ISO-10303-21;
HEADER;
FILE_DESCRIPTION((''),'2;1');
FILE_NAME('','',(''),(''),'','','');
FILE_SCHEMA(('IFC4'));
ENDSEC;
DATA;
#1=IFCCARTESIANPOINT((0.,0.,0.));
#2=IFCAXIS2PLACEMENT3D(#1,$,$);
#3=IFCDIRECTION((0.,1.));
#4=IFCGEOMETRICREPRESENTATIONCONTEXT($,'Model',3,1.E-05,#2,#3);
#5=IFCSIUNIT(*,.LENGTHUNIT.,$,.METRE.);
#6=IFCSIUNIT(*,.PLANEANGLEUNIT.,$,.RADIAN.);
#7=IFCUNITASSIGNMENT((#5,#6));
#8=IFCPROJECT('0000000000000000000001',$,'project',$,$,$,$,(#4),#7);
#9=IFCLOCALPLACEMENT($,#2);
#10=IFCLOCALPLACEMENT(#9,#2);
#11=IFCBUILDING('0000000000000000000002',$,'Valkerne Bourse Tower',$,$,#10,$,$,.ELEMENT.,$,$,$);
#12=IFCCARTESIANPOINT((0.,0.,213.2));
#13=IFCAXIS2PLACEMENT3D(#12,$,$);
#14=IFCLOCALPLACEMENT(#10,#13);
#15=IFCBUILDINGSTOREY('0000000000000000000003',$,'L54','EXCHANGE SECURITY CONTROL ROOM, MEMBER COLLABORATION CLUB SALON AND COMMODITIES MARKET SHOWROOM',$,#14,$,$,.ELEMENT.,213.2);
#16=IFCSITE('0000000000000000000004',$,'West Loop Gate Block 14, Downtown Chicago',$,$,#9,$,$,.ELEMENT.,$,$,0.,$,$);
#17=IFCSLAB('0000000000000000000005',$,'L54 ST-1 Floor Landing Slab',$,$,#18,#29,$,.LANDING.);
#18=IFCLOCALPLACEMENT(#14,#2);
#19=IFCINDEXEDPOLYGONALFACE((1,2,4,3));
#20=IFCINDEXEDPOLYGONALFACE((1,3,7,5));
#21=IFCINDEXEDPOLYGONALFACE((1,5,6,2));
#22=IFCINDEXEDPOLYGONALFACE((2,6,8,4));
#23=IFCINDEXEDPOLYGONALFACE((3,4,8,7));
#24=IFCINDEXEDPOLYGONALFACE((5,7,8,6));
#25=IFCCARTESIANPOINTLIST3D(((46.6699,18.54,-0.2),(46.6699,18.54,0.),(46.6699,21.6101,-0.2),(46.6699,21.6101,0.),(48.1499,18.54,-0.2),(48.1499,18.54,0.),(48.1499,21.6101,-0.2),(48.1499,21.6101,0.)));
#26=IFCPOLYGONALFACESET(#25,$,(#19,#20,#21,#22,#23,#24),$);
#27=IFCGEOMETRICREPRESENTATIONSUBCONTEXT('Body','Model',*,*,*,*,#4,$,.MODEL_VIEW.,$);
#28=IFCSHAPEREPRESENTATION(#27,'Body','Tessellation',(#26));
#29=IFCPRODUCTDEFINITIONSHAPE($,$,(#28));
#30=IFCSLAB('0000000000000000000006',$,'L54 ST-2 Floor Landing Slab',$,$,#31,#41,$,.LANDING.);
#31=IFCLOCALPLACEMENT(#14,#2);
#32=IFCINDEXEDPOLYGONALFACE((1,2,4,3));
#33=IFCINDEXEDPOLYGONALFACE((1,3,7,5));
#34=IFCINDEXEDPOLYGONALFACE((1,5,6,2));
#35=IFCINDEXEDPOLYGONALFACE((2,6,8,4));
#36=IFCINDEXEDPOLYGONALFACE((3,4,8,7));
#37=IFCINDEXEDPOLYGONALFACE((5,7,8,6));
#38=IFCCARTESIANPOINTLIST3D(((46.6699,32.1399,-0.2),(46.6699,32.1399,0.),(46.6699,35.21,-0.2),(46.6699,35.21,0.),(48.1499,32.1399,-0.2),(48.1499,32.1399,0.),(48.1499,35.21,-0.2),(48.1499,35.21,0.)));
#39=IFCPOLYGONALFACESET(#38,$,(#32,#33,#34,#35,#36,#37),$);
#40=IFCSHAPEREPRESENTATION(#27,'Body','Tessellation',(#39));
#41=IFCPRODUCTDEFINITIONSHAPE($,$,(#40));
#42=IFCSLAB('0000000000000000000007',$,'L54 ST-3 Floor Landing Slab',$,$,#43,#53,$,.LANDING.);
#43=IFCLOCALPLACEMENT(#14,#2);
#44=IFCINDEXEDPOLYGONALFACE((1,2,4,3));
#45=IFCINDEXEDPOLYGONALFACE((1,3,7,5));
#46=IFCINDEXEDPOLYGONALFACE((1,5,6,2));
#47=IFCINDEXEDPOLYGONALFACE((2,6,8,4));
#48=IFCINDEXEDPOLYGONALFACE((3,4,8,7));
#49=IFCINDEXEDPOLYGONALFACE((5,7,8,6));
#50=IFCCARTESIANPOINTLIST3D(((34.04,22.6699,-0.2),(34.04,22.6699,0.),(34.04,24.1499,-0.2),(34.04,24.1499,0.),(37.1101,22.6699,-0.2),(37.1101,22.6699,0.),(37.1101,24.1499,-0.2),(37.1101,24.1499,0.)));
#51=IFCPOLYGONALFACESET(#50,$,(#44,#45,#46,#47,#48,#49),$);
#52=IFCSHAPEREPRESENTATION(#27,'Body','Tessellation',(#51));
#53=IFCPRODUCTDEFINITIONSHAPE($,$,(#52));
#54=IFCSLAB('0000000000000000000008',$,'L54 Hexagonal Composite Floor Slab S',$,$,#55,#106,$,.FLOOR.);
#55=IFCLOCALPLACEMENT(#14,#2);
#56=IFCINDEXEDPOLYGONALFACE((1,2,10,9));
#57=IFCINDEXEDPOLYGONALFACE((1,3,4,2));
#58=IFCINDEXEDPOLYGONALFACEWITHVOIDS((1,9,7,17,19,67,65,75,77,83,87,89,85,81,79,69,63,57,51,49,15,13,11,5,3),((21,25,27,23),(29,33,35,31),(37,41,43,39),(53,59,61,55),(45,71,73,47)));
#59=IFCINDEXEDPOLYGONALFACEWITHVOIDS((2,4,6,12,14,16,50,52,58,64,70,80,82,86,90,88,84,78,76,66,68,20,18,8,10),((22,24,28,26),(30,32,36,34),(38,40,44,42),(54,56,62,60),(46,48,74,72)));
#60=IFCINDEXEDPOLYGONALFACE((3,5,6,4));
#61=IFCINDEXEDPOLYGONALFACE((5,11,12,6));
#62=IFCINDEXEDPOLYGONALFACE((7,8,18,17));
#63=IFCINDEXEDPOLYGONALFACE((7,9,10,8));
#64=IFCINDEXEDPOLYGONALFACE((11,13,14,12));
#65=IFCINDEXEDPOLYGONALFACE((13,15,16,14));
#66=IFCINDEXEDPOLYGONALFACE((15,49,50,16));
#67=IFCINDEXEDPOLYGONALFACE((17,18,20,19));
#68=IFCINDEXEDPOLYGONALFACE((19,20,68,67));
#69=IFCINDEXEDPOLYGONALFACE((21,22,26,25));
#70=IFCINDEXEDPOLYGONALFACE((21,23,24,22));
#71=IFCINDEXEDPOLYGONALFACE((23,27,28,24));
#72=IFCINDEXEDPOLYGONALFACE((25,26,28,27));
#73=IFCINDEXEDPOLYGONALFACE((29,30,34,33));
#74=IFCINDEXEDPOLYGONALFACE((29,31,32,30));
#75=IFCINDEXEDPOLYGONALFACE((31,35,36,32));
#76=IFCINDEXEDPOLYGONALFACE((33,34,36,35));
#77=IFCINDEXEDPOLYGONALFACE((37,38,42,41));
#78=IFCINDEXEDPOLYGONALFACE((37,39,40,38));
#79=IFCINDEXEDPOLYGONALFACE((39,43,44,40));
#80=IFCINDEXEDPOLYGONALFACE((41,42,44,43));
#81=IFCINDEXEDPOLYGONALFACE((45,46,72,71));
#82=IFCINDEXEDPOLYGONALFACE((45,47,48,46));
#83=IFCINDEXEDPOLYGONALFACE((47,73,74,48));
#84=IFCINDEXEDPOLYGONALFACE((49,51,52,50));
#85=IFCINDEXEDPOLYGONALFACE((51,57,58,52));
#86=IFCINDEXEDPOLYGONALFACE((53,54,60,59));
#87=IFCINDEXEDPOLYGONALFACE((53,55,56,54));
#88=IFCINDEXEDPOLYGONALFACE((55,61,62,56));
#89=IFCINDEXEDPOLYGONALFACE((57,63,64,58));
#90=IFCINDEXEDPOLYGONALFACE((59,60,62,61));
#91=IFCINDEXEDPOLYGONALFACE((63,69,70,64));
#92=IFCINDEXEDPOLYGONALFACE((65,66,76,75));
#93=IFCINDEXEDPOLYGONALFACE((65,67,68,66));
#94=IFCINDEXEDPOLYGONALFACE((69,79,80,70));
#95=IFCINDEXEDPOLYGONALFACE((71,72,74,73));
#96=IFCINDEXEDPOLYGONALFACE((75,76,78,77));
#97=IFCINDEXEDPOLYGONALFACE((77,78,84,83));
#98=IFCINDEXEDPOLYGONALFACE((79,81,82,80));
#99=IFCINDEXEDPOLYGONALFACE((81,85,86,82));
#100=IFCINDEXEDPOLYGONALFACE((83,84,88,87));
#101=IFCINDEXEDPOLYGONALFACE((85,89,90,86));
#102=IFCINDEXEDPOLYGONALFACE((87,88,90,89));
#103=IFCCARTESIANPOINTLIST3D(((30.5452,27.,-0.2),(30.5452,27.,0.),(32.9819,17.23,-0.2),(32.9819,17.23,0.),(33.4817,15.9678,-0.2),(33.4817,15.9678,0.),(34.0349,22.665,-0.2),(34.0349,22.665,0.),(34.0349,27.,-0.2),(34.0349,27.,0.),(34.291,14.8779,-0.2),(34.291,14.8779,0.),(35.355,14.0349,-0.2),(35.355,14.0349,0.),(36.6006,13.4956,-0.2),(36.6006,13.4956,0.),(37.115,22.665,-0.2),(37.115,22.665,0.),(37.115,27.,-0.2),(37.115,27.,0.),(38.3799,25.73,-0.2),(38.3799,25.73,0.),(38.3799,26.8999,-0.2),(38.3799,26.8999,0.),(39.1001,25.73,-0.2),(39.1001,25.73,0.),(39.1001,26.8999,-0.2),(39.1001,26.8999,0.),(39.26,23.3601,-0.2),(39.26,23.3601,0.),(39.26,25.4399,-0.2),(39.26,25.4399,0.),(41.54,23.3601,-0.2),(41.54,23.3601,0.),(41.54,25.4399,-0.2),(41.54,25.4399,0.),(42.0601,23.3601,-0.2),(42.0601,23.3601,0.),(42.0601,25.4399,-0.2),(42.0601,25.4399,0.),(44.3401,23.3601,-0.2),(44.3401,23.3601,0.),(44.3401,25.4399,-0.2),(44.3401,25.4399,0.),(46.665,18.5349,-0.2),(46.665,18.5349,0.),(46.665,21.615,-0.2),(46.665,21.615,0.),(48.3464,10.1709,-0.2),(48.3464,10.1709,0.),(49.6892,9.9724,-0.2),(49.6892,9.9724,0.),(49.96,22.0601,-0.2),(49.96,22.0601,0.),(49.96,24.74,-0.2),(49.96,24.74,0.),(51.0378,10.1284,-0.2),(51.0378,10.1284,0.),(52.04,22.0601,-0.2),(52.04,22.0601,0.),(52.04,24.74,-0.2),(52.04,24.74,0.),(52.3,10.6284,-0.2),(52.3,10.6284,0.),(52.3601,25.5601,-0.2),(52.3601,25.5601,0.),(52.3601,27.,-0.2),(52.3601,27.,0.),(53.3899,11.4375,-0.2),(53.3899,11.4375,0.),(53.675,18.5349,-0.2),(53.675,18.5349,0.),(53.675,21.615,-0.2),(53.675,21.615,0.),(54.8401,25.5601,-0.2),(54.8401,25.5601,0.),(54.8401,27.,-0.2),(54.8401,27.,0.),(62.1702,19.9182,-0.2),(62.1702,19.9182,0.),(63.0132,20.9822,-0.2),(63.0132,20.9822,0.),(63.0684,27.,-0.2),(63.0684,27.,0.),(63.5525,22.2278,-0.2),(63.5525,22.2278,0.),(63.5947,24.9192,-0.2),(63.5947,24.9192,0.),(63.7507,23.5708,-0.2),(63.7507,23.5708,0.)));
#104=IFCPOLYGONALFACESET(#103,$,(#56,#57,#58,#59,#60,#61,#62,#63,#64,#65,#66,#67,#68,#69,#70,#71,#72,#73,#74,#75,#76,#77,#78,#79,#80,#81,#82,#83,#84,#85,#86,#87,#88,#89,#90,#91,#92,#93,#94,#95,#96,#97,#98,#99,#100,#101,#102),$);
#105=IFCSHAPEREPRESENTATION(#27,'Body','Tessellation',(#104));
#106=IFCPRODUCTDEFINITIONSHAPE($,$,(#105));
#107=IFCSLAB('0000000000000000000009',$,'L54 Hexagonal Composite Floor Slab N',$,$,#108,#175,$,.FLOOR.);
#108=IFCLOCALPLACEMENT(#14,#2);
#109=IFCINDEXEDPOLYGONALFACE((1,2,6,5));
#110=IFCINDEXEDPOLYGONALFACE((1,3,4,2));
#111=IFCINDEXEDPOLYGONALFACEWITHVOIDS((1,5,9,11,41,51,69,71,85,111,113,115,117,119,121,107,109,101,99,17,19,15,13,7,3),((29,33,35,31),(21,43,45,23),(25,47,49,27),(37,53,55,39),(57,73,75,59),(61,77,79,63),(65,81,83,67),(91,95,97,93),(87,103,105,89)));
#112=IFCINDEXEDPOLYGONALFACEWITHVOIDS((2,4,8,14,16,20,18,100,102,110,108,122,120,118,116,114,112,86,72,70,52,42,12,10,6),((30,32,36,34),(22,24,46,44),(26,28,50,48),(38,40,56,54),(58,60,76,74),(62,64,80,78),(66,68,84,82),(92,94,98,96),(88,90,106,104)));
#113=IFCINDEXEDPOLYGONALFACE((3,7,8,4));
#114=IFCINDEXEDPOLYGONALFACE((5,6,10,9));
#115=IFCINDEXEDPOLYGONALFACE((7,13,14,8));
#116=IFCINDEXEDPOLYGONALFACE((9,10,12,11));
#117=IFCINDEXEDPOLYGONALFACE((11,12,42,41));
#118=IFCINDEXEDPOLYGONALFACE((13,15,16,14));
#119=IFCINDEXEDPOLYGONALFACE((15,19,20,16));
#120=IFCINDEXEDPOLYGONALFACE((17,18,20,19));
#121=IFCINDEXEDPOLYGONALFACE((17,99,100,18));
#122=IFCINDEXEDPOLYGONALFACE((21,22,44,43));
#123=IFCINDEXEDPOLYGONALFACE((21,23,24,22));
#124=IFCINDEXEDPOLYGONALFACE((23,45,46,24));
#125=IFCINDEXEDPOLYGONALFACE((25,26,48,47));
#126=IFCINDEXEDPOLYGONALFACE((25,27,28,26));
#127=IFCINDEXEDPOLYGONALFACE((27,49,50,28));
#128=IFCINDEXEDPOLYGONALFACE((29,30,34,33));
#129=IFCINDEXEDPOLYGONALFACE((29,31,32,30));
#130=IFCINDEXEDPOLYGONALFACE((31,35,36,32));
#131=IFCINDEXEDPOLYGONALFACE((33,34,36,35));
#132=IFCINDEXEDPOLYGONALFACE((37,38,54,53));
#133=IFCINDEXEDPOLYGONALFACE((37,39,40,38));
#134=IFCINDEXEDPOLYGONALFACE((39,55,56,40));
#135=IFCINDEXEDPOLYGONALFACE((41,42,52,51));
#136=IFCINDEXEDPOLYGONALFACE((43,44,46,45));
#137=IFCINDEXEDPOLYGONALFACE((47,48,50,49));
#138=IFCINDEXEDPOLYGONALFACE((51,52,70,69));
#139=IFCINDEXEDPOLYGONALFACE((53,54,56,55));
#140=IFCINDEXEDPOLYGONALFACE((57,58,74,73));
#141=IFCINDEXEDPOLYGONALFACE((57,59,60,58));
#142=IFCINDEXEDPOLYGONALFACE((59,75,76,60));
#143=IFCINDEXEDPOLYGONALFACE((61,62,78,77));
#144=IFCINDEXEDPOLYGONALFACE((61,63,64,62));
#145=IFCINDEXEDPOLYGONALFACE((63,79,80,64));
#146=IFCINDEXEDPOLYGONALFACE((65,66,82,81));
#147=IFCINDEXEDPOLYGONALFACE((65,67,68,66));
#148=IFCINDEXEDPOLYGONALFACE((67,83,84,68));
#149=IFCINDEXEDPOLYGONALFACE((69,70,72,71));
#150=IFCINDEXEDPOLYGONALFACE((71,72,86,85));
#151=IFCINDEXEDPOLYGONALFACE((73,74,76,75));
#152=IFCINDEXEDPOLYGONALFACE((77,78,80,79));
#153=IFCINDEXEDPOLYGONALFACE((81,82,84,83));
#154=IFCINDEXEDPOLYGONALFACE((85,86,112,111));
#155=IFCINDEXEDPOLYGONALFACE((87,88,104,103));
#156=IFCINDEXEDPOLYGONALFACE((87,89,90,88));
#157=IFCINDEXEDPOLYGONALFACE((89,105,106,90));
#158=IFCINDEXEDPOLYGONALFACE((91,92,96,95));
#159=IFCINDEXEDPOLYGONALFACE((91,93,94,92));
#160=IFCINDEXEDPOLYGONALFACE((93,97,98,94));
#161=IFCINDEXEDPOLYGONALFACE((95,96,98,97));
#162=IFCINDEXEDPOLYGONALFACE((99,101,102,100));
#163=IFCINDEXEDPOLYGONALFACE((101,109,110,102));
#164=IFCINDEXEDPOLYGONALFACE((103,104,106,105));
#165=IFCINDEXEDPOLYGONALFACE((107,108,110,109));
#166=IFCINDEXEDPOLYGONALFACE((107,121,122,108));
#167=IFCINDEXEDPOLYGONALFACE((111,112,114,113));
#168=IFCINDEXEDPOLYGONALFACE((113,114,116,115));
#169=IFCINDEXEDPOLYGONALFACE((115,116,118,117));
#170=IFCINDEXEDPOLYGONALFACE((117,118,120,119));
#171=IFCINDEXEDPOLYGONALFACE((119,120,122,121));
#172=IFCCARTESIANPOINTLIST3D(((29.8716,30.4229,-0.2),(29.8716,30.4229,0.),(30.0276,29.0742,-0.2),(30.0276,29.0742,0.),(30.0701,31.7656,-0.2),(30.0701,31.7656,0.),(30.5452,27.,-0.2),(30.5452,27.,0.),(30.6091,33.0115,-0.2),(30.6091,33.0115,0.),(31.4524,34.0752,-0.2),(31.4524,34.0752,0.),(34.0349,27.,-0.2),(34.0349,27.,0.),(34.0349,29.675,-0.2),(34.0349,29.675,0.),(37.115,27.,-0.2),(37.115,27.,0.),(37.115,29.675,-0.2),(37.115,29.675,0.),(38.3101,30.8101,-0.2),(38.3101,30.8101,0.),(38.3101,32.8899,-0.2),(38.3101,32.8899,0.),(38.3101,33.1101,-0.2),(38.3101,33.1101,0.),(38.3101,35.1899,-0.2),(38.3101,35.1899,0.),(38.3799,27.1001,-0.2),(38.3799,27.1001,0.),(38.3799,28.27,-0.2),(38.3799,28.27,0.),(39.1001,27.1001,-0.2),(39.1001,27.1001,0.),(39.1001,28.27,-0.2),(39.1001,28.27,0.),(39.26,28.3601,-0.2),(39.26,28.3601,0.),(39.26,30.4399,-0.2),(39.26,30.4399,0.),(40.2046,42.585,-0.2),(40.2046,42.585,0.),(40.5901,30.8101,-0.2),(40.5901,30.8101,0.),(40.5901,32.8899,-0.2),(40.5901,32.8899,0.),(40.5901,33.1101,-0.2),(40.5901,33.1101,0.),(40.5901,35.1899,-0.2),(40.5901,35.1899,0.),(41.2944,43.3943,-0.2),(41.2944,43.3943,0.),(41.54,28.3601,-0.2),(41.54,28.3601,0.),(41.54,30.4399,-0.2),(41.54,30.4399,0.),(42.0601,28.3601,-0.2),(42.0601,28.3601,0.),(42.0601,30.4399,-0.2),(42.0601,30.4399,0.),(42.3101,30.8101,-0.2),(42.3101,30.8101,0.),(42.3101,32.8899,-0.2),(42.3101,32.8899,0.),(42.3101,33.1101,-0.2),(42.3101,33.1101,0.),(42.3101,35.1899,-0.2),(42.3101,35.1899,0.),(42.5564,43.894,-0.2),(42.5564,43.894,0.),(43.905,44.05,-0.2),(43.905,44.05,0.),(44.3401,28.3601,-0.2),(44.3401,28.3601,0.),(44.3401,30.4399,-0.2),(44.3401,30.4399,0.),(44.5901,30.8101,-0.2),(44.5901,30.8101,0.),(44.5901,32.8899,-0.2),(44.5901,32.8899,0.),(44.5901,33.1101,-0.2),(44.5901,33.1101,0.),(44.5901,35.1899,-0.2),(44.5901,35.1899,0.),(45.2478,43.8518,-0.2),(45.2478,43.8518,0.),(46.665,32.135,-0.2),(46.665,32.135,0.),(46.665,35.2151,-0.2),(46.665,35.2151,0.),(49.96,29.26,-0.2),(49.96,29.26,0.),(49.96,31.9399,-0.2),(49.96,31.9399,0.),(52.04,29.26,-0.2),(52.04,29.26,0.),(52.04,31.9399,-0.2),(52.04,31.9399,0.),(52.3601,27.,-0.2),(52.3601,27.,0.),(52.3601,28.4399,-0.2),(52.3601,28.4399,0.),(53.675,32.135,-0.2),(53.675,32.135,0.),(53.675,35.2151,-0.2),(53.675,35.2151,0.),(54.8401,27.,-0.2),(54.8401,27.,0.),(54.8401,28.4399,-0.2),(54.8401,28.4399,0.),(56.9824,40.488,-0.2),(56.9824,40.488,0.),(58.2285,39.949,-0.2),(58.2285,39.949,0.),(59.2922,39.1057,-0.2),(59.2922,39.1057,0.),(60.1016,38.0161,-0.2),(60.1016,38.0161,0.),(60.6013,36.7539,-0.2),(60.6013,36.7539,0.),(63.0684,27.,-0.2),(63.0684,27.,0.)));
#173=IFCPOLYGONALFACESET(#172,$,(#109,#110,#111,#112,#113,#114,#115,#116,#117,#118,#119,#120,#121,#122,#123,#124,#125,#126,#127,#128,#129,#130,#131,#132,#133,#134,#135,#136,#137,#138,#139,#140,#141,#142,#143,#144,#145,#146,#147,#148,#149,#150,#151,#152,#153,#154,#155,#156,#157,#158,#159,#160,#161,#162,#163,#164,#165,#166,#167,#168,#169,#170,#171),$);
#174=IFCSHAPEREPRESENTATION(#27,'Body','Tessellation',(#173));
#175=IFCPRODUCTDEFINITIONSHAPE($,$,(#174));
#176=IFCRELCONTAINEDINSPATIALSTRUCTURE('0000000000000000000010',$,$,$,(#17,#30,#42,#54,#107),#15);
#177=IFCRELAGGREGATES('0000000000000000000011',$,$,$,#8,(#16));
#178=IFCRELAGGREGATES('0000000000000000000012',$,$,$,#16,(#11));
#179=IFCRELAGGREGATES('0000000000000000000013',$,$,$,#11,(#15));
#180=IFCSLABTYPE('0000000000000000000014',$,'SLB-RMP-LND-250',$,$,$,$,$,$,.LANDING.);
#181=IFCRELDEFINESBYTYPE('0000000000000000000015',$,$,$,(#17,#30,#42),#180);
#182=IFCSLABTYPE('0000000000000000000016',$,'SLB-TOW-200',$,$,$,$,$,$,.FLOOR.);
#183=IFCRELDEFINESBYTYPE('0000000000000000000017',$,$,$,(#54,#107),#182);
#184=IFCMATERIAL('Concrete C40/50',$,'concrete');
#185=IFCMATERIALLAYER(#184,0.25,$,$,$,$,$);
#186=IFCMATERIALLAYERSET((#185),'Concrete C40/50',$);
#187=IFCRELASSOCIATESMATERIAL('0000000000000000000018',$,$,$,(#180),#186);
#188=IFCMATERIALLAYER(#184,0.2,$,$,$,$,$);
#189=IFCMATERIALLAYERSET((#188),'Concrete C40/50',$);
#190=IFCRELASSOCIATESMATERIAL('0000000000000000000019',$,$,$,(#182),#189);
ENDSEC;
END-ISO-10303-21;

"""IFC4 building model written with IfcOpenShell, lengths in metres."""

from ifc_helpers import new_model, si_unit, direction, frame, origin, place, context, subcontext, project, spatial, polyline, outline, extrude, material, layer, layer_set, type_object, element, save


model = new_model("IFC4")

# Units and contexts
model_context = context("Model", 3, precision=1e-05, world=origin(), true_north=direction((0.0, 1.0)))
body_context = subcontext(model_context, "Body", "Model", "MODEL_VIEW")
ifc_project = project(units=[si_unit("LENGTHUNIT", "METRE"), si_unit("PLANEANGLEUNIT", "RADIAN")], contexts=[model_context])

# Site, building, storey
site_placement = place(None, origin())
site = spatial("IfcSite", under=ifc_project, at=site_placement, Name="West Loop Gate Block 14, Downtown Chicago", CompositionType="ELEMENT", RefElevation=0.0)
building_placement = place(site_placement, origin())
building = spatial("IfcBuilding", under=site, at=building_placement, Name="Valkerne Bourse Tower", CompositionType="ELEMENT")
storey_placement = place(building_placement, frame((0.0, 0.0, 213.2)))
storey = spatial("IfcBuildingStorey", under=building, at=storey_placement, Name="L54", Description="EXCHANGE SECURITY CONTROL ROOM, MEMBER COLLABORATION CLUB SALON AND COMMODITIES MARKET SHOWROOM", CompositionType="ELEMENT", Elevation=213.2)

# Slabs
ifc_material_1 = material(Name="Concrete C40/50", Category="concrete")
ifc_layer_1 = layer(ifc_material_1, 0.25)
ifc_layer_set_1 = layer_set([ifc_layer_1], Name="Concrete C40/50")
slab_type_1 = type_object("IfcSlabType", Name="SLB-RMP-LND-250", PredefinedType="LANDING", material=ifc_layer_set_1)
slab_1_placement = place(storey_placement, frame((0.0, 0.0, -0.2)))
element("IfcSlab", 1, at=slab_1_placement, inside=storey, type_object=slab_type_1, Name="L54 ST-1 Floor Landing Slab", PredefinedType="LANDING", context=body_context, shape_type="SweptSolid", body=[
    extrude(outline(polyline([(46.6699, 18.54), (48.1499, 18.54), (48.1499, 21.6101), (46.6699, 21.6101), (46.6699, 18.54)])), origin(), (0.0, 0.0, 1.0), 0.2),
])
slab_2_placement = place(storey_placement, frame((0.0, 0.0, -0.2)))
element("IfcSlab", 2, at=slab_2_placement, inside=storey, type_object=slab_type_1, Name="L54 ST-2 Floor Landing Slab", PredefinedType="LANDING", context=body_context, shape_type="SweptSolid", body=[
    extrude(outline(polyline([(46.6699, 32.1399), (48.1499, 32.1399), (48.1499, 35.21), (46.6699, 35.21), (46.6699, 32.1399)])), origin(), (0.0, 0.0, 1.0), 0.2),
])
slab_3_placement = place(storey_placement, frame((0.0, 0.0, -0.2)))
element("IfcSlab", 3, at=slab_3_placement, inside=storey, type_object=slab_type_1, Name="L54 ST-3 Floor Landing Slab", PredefinedType="LANDING", context=body_context, shape_type="SweptSolid", body=[
    extrude(outline(polyline([(37.1101, 22.6699), (37.1101, 24.1499), (34.04, 24.1499), (34.04, 22.6699), (37.1101, 22.6699)])), origin(), (0.0, 0.0, 1.0), 0.2),
])
ifc_layer_2 = layer(ifc_material_1, 0.2)
ifc_layer_set_2 = layer_set([ifc_layer_2], Name="Concrete C40/50")
slab_type_2 = type_object("IfcSlabType", Name="SLB-TOW-200", PredefinedType="FLOOR", material=ifc_layer_set_2)
slab_4_placement = place(storey_placement, frame((0.0, 0.0, -0.2)))
element("IfcSlab", 4, at=slab_4_placement, inside=storey, type_object=slab_type_2, Name="L54 Hexagonal Composite Floor Slab S", PredefinedType="FLOOR", context=body_context, shape_type="SweptSolid", body=[
    extrude(outline(polyline([(63.7507, 23.5708), (63.5525, 22.2278), (63.0132, 20.9822), (62.1702, 19.9182), (53.3899, 11.4375), (52.3, 10.6284), (51.0378, 10.1284), (49.6892, 9.9724), (48.3464, 10.1709), (36.6006, 13.4956), (35.355, 14.0349), (34.291, 14.8779), (33.4817, 15.9678), (32.9819, 17.23), (30.5452, 27.0), (34.0349, 27.0), (34.0349, 22.665), (37.115, 22.665), (37.115, 27.0), (52.3601, 27.0), (52.3601, 25.5601), (54.8401, 25.5601), (54.8401, 27.0), (63.0684, 27.0), (63.5947, 24.9192), (63.7507, 23.5708)]), holes=[polyline([(41.54, 25.4399), (39.26, 25.4399), (39.26, 23.3601), (41.54, 23.3601), (41.54, 25.4399)]), polyline([(44.3401, 25.4399), (42.0601, 25.4399), (42.0601, 23.3601), (44.3401, 23.3601), (44.3401, 25.4399)]), polyline([(39.1001, 26.8999), (38.3799, 26.8999), (38.3799, 25.73), (39.1001, 25.73), (39.1001, 26.8999)]), polyline([(53.675, 21.615), (46.665, 21.615), (46.665, 18.5349), (53.675, 18.5349), (53.675, 21.615)]), polyline([(52.04, 24.74), (49.96, 24.74), (49.96, 22.0601), (52.04, 22.0601), (52.04, 24.74)])]), origin(), (0.0, 0.0, 1.0), 0.2),
])
slab_5_placement = place(storey_placement, frame((0.0, 0.0, -0.2)))
element("IfcSlab", 5, at=slab_5_placement, inside=storey, type_object=slab_type_2, Name="L54 Hexagonal Composite Floor Slab N", PredefinedType="FLOOR", context=body_context, shape_type="SweptSolid", body=[
    extrude(outline(polyline([(30.0276, 29.0742), (29.8716, 30.4229), (30.0701, 31.7656), (30.6091, 33.0115), (31.4524, 34.0752), (40.2046, 42.585), (41.2944, 43.3943), (42.5564, 43.894), (43.905, 44.05), (45.2478, 43.8518), (56.9824, 40.488), (58.2285, 39.949), (59.2922, 39.1057), (60.1016, 38.0161), (60.6013, 36.7539), (63.0684, 27.0), (54.8401, 27.0), (54.8401, 28.4399), (52.3601, 28.4399), (52.3601, 27.0), (37.115, 27.0), (37.115, 29.675), (34.0349, 29.675), (34.0349, 27.0), (30.5452, 27.0), (30.0276, 29.0742)]), holes=[polyline([(39.1001, 28.27), (38.3799, 28.27), (38.3799, 27.1001), (39.1001, 27.1001), (39.1001, 28.27)]), polyline([(41.54, 30.4399), (39.26, 30.4399), (39.26, 28.3601), (41.54, 28.3601), (41.54, 30.4399)]), polyline([(40.5901, 32.8899), (38.3101, 32.8899), (38.3101, 30.8101), (40.5901, 30.8101), (40.5901, 32.8899)]), polyline([(40.5901, 35.1899), (38.3101, 35.1899), (38.3101, 33.1101), (40.5901, 33.1101), (40.5901, 35.1899)]), polyline([(44.3401, 30.4399), (42.0601, 30.4399), (42.0601, 28.3601), (44.3401, 28.3601), (44.3401, 30.4399)]), polyline([(52.04, 31.9399), (49.96, 31.9399), (49.96, 29.26), (52.04, 29.26), (52.04, 31.9399)]), polyline([(44.5901, 32.8899), (42.3101, 32.8899), (42.3101, 30.8101), (44.5901, 30.8101), (44.5901, 32.8899)]), polyline([(53.675, 35.2151), (46.665, 35.2151), (46.665, 32.135), (53.675, 32.135), (53.675, 35.2151)]), polyline([(44.5901, 35.1899), (42.3101, 35.1899), (42.3101, 33.1101), (44.5901, 33.1101), (44.5901, 35.1899)])]), origin(), (0.0, 0.0, 1.0), 0.2),
])

save(model, "model.ifc")
